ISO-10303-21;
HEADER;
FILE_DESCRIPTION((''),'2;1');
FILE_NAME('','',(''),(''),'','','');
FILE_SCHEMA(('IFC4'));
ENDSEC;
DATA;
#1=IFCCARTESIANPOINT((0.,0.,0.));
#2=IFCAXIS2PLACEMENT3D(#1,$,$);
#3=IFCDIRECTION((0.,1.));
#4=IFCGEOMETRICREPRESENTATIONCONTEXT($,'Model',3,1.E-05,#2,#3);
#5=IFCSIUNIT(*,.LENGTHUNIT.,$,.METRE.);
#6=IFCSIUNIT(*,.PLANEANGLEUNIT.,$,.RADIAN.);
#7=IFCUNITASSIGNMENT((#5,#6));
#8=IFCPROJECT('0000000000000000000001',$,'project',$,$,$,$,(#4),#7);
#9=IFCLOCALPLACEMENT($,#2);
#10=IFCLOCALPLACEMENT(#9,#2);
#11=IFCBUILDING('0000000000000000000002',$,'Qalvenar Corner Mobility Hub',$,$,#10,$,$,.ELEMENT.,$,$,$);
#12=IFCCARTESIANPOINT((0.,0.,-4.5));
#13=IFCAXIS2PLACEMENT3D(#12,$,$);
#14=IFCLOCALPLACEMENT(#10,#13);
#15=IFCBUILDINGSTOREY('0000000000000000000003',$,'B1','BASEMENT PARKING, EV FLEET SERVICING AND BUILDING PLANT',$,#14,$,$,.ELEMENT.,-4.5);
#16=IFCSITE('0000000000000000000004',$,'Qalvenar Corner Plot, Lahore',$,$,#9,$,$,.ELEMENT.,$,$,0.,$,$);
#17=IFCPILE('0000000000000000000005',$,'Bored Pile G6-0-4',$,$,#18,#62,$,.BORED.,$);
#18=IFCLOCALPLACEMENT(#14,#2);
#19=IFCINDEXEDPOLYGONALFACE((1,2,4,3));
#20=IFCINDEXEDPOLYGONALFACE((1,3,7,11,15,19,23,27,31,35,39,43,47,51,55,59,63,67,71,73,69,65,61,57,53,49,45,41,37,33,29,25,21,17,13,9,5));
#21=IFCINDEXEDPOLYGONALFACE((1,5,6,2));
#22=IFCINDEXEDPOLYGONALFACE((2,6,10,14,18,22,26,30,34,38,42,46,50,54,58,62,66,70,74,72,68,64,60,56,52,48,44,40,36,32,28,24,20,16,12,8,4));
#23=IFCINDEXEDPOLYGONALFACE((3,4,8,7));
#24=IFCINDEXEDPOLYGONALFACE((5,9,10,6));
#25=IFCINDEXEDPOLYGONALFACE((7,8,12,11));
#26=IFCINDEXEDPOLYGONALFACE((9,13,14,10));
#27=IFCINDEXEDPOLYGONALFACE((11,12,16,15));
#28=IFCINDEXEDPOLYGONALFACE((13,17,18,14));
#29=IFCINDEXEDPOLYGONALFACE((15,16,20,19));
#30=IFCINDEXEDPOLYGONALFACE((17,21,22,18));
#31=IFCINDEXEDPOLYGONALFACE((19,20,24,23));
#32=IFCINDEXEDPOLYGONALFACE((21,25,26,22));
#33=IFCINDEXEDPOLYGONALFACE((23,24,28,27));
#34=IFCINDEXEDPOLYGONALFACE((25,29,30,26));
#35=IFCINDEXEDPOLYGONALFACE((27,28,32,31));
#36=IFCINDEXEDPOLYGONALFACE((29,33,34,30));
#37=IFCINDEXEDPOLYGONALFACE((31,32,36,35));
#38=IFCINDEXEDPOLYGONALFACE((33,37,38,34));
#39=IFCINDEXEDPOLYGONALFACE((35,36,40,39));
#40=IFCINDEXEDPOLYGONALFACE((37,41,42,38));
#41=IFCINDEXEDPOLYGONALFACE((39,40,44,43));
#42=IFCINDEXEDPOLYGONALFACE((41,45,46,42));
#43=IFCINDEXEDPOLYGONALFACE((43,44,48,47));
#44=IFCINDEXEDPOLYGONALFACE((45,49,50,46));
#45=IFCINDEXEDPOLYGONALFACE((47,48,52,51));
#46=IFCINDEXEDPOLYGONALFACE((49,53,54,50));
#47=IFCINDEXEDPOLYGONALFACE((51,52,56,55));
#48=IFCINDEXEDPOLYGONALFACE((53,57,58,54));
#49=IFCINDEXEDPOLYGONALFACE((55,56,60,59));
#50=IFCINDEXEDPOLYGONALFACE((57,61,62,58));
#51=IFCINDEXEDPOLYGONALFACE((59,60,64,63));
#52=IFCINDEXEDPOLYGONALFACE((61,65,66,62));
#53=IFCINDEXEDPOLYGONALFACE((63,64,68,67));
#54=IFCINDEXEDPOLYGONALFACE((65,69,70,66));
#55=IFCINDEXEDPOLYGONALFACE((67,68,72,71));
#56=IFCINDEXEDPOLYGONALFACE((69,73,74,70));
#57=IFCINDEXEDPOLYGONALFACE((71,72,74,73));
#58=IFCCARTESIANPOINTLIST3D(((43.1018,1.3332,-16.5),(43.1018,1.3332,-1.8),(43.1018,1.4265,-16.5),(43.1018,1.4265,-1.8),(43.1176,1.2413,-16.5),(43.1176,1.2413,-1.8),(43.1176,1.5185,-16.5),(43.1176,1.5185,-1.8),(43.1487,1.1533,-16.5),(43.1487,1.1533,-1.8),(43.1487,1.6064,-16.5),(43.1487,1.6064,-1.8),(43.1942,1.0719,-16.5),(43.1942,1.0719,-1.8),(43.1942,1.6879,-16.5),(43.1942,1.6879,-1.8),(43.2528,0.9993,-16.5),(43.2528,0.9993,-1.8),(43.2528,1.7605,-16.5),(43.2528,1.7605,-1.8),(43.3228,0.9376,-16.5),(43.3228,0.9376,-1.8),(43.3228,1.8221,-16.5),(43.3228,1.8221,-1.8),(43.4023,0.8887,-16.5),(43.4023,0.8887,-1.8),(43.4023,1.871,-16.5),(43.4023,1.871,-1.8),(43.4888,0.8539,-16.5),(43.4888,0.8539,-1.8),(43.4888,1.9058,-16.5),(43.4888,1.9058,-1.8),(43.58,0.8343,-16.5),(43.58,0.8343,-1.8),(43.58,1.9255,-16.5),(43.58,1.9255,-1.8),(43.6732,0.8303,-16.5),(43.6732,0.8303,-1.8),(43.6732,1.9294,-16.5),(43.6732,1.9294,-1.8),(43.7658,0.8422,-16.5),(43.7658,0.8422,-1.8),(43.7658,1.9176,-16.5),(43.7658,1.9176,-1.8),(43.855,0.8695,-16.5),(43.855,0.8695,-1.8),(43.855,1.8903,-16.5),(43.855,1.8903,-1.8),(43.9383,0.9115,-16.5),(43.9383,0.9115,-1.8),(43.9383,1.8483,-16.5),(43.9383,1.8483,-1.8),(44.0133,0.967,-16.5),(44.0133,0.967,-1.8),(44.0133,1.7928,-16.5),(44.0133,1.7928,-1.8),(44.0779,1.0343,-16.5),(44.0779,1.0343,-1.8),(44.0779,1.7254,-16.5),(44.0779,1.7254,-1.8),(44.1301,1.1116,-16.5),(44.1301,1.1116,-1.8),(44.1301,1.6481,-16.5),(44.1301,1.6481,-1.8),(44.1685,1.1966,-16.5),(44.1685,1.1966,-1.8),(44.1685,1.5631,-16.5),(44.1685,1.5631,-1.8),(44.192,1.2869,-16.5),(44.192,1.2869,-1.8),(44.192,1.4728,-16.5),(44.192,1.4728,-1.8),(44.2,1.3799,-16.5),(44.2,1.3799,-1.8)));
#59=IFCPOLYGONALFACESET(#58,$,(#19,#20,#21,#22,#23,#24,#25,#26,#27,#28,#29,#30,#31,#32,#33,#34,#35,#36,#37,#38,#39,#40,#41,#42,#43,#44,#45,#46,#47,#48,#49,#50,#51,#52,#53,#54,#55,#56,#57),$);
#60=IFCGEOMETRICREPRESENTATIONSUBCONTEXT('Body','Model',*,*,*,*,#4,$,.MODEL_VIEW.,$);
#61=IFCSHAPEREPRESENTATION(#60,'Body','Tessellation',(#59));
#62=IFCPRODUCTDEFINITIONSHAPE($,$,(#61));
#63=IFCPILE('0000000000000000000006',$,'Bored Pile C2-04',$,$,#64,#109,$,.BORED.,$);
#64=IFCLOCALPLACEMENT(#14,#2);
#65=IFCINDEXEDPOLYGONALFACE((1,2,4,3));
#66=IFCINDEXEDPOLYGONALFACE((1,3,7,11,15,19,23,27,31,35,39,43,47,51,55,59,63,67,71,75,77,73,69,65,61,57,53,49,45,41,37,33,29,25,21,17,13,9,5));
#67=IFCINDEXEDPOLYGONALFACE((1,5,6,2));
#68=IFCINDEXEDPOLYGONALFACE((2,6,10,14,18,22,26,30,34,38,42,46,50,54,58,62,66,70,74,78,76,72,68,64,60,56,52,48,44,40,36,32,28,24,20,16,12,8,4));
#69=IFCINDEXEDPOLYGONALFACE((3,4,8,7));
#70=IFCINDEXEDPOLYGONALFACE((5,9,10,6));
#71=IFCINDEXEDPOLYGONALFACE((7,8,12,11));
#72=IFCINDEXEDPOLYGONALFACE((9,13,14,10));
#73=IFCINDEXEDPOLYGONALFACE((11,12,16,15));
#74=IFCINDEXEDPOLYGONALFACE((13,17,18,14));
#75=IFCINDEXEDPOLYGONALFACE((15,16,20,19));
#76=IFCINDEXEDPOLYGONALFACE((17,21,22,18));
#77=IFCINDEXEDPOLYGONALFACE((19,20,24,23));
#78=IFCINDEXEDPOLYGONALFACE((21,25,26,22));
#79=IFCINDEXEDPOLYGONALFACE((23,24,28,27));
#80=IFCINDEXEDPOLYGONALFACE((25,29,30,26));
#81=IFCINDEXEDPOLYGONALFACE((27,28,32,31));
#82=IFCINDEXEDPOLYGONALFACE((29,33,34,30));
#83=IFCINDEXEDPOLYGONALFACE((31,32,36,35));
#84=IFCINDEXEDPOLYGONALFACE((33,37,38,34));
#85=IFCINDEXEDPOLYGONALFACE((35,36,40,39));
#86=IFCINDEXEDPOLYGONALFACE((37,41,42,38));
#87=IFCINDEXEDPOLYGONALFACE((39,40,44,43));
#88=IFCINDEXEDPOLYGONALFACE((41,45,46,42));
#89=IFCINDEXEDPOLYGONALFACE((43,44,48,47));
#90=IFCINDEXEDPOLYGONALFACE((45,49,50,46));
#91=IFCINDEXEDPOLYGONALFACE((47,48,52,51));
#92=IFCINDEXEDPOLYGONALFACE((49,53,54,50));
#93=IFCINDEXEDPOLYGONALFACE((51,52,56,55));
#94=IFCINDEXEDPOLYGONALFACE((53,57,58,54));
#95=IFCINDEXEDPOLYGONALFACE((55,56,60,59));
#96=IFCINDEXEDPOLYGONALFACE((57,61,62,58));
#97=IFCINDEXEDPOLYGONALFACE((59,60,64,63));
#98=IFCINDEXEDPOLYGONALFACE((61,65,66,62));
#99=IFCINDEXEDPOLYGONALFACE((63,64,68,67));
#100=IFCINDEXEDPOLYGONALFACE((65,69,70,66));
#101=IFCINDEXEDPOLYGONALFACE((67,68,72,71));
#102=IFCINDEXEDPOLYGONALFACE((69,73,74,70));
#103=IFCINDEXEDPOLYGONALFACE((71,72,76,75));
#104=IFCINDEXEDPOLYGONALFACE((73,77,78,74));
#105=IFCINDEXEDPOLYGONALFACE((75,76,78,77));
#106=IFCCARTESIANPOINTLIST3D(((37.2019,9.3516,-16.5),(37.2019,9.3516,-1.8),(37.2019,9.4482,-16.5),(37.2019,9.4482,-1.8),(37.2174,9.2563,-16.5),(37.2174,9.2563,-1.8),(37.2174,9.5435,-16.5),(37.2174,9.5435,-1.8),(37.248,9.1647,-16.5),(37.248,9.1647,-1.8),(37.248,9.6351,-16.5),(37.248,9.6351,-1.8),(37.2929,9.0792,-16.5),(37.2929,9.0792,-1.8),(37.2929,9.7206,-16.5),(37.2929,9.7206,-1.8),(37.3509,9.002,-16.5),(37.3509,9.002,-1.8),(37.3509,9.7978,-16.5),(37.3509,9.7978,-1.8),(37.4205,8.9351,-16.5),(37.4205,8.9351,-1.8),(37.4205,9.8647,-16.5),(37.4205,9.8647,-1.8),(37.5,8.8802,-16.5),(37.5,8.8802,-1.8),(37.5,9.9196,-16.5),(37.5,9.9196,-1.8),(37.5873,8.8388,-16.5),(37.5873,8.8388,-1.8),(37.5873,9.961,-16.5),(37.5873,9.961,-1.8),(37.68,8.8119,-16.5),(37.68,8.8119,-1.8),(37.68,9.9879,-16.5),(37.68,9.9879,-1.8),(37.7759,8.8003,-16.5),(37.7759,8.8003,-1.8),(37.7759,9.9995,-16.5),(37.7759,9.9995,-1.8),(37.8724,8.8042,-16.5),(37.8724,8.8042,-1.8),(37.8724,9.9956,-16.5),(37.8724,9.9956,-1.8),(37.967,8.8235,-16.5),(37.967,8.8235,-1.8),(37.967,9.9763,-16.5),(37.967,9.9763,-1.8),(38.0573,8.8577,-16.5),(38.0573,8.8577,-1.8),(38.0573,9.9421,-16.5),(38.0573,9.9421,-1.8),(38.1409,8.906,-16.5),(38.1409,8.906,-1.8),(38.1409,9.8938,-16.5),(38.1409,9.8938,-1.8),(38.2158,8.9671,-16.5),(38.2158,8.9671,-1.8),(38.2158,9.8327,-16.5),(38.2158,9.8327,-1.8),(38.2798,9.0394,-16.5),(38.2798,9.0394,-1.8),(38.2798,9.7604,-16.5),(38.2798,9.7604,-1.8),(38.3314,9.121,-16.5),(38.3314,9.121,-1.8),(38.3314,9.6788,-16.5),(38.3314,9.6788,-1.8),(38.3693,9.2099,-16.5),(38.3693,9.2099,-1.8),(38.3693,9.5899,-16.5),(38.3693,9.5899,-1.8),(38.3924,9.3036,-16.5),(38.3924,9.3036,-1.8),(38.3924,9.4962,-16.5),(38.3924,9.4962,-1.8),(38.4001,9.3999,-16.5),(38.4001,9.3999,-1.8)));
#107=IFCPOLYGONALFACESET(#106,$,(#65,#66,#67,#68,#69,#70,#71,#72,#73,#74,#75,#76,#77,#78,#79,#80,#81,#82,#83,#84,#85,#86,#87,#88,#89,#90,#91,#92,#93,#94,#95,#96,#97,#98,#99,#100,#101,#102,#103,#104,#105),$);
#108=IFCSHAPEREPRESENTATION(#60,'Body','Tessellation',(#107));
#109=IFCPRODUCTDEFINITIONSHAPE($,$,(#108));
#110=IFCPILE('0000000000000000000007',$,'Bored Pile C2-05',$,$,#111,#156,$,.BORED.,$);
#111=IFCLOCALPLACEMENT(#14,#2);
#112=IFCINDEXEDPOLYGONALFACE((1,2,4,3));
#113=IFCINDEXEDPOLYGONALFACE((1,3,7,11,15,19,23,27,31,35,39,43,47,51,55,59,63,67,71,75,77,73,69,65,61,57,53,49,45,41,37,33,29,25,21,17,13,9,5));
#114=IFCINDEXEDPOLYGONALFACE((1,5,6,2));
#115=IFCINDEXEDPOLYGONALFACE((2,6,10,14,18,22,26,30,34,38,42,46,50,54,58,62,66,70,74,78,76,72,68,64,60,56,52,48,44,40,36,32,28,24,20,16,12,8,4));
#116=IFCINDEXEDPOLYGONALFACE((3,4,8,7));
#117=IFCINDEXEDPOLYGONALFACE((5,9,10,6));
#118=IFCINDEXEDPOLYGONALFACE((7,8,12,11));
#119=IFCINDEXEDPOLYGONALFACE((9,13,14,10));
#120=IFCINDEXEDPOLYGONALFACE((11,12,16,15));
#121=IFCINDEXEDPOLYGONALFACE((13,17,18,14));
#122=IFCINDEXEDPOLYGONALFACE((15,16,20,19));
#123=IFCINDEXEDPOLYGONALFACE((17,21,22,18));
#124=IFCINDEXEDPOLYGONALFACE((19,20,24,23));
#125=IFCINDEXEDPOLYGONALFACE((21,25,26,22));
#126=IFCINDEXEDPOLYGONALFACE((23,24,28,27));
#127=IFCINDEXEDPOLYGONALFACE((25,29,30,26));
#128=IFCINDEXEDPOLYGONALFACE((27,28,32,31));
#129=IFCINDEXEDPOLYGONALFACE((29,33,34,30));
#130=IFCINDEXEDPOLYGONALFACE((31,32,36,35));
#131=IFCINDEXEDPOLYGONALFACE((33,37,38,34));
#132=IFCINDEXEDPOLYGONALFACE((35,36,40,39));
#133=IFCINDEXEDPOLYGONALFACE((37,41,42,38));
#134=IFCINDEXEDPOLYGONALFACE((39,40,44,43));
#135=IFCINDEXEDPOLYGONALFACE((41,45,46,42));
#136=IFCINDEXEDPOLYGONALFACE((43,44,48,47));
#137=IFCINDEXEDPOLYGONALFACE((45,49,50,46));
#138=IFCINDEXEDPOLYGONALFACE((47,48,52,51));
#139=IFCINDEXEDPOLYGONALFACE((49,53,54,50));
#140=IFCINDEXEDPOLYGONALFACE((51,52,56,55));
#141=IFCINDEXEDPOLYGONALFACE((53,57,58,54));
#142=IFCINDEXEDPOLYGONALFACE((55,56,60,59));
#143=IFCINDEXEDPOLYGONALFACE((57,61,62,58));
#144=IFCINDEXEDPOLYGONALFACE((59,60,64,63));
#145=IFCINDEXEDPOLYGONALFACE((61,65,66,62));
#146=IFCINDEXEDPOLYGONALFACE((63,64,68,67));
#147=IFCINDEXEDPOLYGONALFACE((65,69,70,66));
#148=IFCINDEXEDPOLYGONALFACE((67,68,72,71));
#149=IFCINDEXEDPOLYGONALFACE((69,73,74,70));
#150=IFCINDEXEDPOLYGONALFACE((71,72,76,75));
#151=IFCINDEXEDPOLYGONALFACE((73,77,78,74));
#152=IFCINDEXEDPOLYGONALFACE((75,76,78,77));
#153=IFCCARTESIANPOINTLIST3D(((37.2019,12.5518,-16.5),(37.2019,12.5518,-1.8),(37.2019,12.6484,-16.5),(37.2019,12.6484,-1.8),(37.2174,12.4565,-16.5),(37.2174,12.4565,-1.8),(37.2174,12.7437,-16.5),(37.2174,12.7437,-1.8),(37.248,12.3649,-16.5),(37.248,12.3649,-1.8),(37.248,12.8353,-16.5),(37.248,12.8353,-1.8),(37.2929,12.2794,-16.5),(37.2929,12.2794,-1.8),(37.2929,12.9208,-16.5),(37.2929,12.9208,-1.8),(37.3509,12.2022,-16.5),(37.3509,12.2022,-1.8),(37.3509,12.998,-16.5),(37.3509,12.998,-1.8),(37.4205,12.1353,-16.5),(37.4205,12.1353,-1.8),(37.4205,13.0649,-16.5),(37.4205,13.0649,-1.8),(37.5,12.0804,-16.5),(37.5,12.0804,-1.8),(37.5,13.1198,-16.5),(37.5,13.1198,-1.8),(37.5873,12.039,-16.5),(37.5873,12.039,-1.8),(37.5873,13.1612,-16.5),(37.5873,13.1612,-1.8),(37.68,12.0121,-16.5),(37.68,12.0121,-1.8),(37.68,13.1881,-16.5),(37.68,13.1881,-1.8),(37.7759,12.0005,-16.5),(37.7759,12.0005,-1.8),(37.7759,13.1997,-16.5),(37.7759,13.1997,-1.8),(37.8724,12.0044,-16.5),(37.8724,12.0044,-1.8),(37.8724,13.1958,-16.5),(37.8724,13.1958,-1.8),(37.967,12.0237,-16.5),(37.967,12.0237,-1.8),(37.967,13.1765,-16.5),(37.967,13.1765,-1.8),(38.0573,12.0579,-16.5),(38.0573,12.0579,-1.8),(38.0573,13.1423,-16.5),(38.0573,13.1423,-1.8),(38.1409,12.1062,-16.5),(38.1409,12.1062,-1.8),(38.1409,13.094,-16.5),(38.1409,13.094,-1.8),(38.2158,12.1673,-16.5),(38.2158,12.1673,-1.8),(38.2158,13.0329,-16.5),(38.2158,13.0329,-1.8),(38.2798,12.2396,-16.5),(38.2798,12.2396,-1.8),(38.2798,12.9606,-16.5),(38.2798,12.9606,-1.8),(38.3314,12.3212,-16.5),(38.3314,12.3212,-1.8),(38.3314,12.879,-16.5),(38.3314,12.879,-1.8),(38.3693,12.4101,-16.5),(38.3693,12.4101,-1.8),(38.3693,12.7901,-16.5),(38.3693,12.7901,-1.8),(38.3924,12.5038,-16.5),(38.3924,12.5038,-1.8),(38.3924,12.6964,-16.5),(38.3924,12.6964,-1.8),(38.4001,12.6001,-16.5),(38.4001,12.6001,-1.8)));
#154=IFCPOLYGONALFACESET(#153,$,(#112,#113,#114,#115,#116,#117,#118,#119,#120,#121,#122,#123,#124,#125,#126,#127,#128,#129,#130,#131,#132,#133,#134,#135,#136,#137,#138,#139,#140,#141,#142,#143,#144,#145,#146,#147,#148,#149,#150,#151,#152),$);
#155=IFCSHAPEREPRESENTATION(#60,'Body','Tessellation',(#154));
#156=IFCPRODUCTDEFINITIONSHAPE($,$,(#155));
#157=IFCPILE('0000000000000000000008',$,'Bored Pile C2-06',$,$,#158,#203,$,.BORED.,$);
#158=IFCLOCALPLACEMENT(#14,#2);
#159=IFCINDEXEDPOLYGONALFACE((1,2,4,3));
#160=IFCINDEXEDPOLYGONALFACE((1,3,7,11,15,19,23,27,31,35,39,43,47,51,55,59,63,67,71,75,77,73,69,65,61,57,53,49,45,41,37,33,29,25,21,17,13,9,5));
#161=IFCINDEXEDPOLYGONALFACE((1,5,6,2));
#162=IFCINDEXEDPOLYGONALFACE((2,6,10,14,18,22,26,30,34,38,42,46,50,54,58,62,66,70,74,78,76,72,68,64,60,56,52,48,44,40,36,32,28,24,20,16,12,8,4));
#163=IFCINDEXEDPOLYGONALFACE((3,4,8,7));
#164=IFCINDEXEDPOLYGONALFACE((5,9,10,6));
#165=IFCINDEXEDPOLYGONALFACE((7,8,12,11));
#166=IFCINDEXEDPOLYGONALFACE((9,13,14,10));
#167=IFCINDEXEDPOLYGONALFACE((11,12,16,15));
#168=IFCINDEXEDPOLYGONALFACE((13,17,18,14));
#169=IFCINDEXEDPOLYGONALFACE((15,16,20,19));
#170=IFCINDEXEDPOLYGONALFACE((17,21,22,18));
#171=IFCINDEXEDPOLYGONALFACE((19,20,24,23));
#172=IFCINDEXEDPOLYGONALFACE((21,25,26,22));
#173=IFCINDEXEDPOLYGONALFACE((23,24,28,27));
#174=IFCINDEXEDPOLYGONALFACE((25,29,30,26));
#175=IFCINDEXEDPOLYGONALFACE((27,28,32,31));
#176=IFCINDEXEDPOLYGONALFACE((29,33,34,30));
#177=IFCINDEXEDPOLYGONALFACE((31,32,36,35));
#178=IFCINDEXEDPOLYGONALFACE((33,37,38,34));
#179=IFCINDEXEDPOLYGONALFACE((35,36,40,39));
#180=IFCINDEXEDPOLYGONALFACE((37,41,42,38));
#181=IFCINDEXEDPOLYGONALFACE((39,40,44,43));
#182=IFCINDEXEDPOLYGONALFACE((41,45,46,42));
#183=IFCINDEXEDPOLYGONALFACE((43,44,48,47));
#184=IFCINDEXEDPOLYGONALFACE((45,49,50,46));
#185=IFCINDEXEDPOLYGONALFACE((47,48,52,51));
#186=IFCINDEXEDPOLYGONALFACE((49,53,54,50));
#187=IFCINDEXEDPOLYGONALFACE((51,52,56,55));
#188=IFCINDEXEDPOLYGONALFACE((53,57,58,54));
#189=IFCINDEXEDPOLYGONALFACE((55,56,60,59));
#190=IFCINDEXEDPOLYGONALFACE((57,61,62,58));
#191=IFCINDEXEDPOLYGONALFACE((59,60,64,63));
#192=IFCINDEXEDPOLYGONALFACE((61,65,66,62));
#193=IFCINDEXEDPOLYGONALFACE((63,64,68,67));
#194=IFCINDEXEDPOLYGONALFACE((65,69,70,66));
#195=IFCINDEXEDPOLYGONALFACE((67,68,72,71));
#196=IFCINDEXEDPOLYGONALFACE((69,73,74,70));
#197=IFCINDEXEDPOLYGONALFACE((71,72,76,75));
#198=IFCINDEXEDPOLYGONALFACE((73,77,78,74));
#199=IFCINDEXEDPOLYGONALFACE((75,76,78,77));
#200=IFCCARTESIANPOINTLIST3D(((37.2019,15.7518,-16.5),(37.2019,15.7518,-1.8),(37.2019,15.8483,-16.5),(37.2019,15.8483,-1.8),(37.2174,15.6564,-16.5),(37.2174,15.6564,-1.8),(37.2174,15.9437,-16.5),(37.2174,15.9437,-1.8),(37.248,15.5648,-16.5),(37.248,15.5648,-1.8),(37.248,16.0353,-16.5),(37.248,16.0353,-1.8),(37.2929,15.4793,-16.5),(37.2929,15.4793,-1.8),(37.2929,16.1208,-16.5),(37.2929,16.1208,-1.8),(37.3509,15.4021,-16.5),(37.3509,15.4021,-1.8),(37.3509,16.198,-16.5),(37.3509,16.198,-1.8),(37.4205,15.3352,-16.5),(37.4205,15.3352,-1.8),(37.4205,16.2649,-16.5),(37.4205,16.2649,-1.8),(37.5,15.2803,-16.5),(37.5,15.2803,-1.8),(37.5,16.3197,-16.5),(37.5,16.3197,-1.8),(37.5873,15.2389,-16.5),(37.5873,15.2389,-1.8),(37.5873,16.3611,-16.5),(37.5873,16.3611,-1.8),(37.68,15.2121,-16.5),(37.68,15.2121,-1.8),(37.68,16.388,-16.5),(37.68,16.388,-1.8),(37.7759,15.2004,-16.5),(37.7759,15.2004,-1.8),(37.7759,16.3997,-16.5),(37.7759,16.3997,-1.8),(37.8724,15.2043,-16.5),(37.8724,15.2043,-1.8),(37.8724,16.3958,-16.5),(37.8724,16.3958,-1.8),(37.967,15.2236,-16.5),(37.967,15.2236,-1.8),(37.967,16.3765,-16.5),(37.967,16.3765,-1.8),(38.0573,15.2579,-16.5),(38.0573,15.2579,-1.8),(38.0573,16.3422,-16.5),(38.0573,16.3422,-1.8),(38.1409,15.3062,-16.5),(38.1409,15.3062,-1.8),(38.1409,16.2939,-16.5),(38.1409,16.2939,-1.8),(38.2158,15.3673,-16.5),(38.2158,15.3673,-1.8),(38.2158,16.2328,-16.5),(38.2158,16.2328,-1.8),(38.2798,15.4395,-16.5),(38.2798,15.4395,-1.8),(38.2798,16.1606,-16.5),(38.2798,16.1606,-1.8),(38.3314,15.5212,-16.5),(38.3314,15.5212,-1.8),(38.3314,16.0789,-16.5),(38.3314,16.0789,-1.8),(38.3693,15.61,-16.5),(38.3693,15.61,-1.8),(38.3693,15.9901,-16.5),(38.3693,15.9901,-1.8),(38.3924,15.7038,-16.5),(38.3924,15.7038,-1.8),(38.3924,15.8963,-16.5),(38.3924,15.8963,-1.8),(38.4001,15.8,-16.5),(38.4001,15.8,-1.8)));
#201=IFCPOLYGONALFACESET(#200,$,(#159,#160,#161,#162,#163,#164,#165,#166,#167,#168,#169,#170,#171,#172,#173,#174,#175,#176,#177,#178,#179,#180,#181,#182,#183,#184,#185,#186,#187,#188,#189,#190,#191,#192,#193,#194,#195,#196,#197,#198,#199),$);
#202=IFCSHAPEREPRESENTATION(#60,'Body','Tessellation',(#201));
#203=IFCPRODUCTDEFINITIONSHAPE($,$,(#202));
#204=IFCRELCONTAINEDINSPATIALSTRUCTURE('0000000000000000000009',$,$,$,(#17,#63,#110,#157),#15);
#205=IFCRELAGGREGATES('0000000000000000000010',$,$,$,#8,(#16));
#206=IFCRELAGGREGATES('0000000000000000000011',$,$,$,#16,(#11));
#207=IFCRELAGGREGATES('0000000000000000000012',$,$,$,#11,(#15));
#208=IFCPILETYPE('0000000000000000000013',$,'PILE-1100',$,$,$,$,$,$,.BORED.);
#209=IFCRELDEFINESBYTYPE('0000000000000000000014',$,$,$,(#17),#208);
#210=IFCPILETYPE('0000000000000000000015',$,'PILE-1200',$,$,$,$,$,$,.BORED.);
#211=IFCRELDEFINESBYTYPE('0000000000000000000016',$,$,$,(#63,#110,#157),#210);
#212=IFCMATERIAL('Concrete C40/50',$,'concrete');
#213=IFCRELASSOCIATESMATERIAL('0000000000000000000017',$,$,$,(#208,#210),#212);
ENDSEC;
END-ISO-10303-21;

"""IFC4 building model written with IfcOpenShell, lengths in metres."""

from ifc_helpers import new_model, si_unit, direction, frame, origin, origin_2d, place, context, subcontext, project, spatial, circle, extrude, material, material_profile, profile_set, type_object, element, save


model = new_model("IFC4")

# Units and contexts
model_context = context("Model", 3, precision=1e-05, world=origin(), true_north=direction((0.0, 1.0)))
body_context = subcontext(model_context, "Body", "Model", "MODEL_VIEW")
ifc_project = project(units=[si_unit("LENGTHUNIT", "METRE"), si_unit("PLANEANGLEUNIT", "RADIAN")], contexts=[model_context])

# Site, building, storey
site_placement = place(None, origin())
site = spatial("IfcSite", under=ifc_project, at=site_placement, Name="Qalvenar Corner Plot, Lahore", CompositionType="ELEMENT", RefElevation=0.0)
building_placement = place(site_placement, origin())
building = spatial("IfcBuilding", under=site, at=building_placement, Name="Qalvenar Corner Mobility Hub", CompositionType="ELEMENT")
storey_placement = place(building_placement, frame((0.0, 0.0, -4.5)))
storey = spatial("IfcBuildingStorey", under=building, at=storey_placement, Name="B1", Description="BASEMENT PARKING, EV FLEET SERVICING AND BUILDING PLANT", CompositionType="ELEMENT", Elevation=-4.5)

# Shared definitions
ifc_material_1 = material(Name="Concrete C40/50", Category="concrete")

# Piles
ifc_material_profile_1 = material_profile(ifc_material_1, circle(Radius=0.55, at=origin_2d()), Name="DIA1100")
ifc_profile_set_1 = profile_set([ifc_material_profile_1], Name="Concrete C40/50")
pile_type_1 = type_object("IfcPileType", Name="PILE-1100", PredefinedType="BORED", material=ifc_profile_set_1)
for number, where, z_axis, x_axis, name in (
    (1, (43.6499, 1.3799, -1.8), (0.0, 0.0, -1.0), (1.0, 0.0, 0.0), "Bored Pile G6-0-4"),
):
    element("IfcPile", number, at=place(storey_placement, frame(where, z_axis=z_axis, x_axis=x_axis)), inside=storey, type_object=pile_type_1, Name=name, PredefinedType="BORED", context=body_context, shape_type="SweptSolid", body=[
        extrude(circle(Radius=0.55, at=origin_2d()), origin(), (0.0, 0.0, 1.0), 14.7),
    ])
ifc_material_profile_2 = material_profile(ifc_material_1, circle(Radius=0.6001, at=origin_2d()), Name="DIA1200")
ifc_profile_set_2 = profile_set([ifc_material_profile_2], Name="Concrete C40/50")
pile_type_2 = type_object("IfcPileType", Name="PILE-1200", PredefinedType="BORED", material=ifc_profile_set_2)
for number, where, z_axis, x_axis, name in (
    (2, (37.8, 9.3999, -1.8), (0.0, 0.0, -1.0), (1.0, 0.0, 0.0), "Bored Pile C2-04"),
    (3, (37.8, 12.6001, -1.8), (0.0, 0.0, -1.0), (1.0, 0.0, 0.0), "Bored Pile C2-05"),
    (4, (37.8, 15.8, -1.8), (0.0, 0.0, -1.0), (1.0, 0.0, 0.0), "Bored Pile C2-06"),
):
    element("IfcPile", number, at=place(storey_placement, frame(where, z_axis=z_axis, x_axis=x_axis)), inside=storey, type_object=pile_type_2, Name=name, PredefinedType="BORED", context=body_context, shape_type="SweptSolid", body=[
        extrude(circle(Radius=0.6001, at=origin_2d()), origin(), (0.0, 0.0, 1.0), 14.7),
    ])

save(model, "model.ifc")
